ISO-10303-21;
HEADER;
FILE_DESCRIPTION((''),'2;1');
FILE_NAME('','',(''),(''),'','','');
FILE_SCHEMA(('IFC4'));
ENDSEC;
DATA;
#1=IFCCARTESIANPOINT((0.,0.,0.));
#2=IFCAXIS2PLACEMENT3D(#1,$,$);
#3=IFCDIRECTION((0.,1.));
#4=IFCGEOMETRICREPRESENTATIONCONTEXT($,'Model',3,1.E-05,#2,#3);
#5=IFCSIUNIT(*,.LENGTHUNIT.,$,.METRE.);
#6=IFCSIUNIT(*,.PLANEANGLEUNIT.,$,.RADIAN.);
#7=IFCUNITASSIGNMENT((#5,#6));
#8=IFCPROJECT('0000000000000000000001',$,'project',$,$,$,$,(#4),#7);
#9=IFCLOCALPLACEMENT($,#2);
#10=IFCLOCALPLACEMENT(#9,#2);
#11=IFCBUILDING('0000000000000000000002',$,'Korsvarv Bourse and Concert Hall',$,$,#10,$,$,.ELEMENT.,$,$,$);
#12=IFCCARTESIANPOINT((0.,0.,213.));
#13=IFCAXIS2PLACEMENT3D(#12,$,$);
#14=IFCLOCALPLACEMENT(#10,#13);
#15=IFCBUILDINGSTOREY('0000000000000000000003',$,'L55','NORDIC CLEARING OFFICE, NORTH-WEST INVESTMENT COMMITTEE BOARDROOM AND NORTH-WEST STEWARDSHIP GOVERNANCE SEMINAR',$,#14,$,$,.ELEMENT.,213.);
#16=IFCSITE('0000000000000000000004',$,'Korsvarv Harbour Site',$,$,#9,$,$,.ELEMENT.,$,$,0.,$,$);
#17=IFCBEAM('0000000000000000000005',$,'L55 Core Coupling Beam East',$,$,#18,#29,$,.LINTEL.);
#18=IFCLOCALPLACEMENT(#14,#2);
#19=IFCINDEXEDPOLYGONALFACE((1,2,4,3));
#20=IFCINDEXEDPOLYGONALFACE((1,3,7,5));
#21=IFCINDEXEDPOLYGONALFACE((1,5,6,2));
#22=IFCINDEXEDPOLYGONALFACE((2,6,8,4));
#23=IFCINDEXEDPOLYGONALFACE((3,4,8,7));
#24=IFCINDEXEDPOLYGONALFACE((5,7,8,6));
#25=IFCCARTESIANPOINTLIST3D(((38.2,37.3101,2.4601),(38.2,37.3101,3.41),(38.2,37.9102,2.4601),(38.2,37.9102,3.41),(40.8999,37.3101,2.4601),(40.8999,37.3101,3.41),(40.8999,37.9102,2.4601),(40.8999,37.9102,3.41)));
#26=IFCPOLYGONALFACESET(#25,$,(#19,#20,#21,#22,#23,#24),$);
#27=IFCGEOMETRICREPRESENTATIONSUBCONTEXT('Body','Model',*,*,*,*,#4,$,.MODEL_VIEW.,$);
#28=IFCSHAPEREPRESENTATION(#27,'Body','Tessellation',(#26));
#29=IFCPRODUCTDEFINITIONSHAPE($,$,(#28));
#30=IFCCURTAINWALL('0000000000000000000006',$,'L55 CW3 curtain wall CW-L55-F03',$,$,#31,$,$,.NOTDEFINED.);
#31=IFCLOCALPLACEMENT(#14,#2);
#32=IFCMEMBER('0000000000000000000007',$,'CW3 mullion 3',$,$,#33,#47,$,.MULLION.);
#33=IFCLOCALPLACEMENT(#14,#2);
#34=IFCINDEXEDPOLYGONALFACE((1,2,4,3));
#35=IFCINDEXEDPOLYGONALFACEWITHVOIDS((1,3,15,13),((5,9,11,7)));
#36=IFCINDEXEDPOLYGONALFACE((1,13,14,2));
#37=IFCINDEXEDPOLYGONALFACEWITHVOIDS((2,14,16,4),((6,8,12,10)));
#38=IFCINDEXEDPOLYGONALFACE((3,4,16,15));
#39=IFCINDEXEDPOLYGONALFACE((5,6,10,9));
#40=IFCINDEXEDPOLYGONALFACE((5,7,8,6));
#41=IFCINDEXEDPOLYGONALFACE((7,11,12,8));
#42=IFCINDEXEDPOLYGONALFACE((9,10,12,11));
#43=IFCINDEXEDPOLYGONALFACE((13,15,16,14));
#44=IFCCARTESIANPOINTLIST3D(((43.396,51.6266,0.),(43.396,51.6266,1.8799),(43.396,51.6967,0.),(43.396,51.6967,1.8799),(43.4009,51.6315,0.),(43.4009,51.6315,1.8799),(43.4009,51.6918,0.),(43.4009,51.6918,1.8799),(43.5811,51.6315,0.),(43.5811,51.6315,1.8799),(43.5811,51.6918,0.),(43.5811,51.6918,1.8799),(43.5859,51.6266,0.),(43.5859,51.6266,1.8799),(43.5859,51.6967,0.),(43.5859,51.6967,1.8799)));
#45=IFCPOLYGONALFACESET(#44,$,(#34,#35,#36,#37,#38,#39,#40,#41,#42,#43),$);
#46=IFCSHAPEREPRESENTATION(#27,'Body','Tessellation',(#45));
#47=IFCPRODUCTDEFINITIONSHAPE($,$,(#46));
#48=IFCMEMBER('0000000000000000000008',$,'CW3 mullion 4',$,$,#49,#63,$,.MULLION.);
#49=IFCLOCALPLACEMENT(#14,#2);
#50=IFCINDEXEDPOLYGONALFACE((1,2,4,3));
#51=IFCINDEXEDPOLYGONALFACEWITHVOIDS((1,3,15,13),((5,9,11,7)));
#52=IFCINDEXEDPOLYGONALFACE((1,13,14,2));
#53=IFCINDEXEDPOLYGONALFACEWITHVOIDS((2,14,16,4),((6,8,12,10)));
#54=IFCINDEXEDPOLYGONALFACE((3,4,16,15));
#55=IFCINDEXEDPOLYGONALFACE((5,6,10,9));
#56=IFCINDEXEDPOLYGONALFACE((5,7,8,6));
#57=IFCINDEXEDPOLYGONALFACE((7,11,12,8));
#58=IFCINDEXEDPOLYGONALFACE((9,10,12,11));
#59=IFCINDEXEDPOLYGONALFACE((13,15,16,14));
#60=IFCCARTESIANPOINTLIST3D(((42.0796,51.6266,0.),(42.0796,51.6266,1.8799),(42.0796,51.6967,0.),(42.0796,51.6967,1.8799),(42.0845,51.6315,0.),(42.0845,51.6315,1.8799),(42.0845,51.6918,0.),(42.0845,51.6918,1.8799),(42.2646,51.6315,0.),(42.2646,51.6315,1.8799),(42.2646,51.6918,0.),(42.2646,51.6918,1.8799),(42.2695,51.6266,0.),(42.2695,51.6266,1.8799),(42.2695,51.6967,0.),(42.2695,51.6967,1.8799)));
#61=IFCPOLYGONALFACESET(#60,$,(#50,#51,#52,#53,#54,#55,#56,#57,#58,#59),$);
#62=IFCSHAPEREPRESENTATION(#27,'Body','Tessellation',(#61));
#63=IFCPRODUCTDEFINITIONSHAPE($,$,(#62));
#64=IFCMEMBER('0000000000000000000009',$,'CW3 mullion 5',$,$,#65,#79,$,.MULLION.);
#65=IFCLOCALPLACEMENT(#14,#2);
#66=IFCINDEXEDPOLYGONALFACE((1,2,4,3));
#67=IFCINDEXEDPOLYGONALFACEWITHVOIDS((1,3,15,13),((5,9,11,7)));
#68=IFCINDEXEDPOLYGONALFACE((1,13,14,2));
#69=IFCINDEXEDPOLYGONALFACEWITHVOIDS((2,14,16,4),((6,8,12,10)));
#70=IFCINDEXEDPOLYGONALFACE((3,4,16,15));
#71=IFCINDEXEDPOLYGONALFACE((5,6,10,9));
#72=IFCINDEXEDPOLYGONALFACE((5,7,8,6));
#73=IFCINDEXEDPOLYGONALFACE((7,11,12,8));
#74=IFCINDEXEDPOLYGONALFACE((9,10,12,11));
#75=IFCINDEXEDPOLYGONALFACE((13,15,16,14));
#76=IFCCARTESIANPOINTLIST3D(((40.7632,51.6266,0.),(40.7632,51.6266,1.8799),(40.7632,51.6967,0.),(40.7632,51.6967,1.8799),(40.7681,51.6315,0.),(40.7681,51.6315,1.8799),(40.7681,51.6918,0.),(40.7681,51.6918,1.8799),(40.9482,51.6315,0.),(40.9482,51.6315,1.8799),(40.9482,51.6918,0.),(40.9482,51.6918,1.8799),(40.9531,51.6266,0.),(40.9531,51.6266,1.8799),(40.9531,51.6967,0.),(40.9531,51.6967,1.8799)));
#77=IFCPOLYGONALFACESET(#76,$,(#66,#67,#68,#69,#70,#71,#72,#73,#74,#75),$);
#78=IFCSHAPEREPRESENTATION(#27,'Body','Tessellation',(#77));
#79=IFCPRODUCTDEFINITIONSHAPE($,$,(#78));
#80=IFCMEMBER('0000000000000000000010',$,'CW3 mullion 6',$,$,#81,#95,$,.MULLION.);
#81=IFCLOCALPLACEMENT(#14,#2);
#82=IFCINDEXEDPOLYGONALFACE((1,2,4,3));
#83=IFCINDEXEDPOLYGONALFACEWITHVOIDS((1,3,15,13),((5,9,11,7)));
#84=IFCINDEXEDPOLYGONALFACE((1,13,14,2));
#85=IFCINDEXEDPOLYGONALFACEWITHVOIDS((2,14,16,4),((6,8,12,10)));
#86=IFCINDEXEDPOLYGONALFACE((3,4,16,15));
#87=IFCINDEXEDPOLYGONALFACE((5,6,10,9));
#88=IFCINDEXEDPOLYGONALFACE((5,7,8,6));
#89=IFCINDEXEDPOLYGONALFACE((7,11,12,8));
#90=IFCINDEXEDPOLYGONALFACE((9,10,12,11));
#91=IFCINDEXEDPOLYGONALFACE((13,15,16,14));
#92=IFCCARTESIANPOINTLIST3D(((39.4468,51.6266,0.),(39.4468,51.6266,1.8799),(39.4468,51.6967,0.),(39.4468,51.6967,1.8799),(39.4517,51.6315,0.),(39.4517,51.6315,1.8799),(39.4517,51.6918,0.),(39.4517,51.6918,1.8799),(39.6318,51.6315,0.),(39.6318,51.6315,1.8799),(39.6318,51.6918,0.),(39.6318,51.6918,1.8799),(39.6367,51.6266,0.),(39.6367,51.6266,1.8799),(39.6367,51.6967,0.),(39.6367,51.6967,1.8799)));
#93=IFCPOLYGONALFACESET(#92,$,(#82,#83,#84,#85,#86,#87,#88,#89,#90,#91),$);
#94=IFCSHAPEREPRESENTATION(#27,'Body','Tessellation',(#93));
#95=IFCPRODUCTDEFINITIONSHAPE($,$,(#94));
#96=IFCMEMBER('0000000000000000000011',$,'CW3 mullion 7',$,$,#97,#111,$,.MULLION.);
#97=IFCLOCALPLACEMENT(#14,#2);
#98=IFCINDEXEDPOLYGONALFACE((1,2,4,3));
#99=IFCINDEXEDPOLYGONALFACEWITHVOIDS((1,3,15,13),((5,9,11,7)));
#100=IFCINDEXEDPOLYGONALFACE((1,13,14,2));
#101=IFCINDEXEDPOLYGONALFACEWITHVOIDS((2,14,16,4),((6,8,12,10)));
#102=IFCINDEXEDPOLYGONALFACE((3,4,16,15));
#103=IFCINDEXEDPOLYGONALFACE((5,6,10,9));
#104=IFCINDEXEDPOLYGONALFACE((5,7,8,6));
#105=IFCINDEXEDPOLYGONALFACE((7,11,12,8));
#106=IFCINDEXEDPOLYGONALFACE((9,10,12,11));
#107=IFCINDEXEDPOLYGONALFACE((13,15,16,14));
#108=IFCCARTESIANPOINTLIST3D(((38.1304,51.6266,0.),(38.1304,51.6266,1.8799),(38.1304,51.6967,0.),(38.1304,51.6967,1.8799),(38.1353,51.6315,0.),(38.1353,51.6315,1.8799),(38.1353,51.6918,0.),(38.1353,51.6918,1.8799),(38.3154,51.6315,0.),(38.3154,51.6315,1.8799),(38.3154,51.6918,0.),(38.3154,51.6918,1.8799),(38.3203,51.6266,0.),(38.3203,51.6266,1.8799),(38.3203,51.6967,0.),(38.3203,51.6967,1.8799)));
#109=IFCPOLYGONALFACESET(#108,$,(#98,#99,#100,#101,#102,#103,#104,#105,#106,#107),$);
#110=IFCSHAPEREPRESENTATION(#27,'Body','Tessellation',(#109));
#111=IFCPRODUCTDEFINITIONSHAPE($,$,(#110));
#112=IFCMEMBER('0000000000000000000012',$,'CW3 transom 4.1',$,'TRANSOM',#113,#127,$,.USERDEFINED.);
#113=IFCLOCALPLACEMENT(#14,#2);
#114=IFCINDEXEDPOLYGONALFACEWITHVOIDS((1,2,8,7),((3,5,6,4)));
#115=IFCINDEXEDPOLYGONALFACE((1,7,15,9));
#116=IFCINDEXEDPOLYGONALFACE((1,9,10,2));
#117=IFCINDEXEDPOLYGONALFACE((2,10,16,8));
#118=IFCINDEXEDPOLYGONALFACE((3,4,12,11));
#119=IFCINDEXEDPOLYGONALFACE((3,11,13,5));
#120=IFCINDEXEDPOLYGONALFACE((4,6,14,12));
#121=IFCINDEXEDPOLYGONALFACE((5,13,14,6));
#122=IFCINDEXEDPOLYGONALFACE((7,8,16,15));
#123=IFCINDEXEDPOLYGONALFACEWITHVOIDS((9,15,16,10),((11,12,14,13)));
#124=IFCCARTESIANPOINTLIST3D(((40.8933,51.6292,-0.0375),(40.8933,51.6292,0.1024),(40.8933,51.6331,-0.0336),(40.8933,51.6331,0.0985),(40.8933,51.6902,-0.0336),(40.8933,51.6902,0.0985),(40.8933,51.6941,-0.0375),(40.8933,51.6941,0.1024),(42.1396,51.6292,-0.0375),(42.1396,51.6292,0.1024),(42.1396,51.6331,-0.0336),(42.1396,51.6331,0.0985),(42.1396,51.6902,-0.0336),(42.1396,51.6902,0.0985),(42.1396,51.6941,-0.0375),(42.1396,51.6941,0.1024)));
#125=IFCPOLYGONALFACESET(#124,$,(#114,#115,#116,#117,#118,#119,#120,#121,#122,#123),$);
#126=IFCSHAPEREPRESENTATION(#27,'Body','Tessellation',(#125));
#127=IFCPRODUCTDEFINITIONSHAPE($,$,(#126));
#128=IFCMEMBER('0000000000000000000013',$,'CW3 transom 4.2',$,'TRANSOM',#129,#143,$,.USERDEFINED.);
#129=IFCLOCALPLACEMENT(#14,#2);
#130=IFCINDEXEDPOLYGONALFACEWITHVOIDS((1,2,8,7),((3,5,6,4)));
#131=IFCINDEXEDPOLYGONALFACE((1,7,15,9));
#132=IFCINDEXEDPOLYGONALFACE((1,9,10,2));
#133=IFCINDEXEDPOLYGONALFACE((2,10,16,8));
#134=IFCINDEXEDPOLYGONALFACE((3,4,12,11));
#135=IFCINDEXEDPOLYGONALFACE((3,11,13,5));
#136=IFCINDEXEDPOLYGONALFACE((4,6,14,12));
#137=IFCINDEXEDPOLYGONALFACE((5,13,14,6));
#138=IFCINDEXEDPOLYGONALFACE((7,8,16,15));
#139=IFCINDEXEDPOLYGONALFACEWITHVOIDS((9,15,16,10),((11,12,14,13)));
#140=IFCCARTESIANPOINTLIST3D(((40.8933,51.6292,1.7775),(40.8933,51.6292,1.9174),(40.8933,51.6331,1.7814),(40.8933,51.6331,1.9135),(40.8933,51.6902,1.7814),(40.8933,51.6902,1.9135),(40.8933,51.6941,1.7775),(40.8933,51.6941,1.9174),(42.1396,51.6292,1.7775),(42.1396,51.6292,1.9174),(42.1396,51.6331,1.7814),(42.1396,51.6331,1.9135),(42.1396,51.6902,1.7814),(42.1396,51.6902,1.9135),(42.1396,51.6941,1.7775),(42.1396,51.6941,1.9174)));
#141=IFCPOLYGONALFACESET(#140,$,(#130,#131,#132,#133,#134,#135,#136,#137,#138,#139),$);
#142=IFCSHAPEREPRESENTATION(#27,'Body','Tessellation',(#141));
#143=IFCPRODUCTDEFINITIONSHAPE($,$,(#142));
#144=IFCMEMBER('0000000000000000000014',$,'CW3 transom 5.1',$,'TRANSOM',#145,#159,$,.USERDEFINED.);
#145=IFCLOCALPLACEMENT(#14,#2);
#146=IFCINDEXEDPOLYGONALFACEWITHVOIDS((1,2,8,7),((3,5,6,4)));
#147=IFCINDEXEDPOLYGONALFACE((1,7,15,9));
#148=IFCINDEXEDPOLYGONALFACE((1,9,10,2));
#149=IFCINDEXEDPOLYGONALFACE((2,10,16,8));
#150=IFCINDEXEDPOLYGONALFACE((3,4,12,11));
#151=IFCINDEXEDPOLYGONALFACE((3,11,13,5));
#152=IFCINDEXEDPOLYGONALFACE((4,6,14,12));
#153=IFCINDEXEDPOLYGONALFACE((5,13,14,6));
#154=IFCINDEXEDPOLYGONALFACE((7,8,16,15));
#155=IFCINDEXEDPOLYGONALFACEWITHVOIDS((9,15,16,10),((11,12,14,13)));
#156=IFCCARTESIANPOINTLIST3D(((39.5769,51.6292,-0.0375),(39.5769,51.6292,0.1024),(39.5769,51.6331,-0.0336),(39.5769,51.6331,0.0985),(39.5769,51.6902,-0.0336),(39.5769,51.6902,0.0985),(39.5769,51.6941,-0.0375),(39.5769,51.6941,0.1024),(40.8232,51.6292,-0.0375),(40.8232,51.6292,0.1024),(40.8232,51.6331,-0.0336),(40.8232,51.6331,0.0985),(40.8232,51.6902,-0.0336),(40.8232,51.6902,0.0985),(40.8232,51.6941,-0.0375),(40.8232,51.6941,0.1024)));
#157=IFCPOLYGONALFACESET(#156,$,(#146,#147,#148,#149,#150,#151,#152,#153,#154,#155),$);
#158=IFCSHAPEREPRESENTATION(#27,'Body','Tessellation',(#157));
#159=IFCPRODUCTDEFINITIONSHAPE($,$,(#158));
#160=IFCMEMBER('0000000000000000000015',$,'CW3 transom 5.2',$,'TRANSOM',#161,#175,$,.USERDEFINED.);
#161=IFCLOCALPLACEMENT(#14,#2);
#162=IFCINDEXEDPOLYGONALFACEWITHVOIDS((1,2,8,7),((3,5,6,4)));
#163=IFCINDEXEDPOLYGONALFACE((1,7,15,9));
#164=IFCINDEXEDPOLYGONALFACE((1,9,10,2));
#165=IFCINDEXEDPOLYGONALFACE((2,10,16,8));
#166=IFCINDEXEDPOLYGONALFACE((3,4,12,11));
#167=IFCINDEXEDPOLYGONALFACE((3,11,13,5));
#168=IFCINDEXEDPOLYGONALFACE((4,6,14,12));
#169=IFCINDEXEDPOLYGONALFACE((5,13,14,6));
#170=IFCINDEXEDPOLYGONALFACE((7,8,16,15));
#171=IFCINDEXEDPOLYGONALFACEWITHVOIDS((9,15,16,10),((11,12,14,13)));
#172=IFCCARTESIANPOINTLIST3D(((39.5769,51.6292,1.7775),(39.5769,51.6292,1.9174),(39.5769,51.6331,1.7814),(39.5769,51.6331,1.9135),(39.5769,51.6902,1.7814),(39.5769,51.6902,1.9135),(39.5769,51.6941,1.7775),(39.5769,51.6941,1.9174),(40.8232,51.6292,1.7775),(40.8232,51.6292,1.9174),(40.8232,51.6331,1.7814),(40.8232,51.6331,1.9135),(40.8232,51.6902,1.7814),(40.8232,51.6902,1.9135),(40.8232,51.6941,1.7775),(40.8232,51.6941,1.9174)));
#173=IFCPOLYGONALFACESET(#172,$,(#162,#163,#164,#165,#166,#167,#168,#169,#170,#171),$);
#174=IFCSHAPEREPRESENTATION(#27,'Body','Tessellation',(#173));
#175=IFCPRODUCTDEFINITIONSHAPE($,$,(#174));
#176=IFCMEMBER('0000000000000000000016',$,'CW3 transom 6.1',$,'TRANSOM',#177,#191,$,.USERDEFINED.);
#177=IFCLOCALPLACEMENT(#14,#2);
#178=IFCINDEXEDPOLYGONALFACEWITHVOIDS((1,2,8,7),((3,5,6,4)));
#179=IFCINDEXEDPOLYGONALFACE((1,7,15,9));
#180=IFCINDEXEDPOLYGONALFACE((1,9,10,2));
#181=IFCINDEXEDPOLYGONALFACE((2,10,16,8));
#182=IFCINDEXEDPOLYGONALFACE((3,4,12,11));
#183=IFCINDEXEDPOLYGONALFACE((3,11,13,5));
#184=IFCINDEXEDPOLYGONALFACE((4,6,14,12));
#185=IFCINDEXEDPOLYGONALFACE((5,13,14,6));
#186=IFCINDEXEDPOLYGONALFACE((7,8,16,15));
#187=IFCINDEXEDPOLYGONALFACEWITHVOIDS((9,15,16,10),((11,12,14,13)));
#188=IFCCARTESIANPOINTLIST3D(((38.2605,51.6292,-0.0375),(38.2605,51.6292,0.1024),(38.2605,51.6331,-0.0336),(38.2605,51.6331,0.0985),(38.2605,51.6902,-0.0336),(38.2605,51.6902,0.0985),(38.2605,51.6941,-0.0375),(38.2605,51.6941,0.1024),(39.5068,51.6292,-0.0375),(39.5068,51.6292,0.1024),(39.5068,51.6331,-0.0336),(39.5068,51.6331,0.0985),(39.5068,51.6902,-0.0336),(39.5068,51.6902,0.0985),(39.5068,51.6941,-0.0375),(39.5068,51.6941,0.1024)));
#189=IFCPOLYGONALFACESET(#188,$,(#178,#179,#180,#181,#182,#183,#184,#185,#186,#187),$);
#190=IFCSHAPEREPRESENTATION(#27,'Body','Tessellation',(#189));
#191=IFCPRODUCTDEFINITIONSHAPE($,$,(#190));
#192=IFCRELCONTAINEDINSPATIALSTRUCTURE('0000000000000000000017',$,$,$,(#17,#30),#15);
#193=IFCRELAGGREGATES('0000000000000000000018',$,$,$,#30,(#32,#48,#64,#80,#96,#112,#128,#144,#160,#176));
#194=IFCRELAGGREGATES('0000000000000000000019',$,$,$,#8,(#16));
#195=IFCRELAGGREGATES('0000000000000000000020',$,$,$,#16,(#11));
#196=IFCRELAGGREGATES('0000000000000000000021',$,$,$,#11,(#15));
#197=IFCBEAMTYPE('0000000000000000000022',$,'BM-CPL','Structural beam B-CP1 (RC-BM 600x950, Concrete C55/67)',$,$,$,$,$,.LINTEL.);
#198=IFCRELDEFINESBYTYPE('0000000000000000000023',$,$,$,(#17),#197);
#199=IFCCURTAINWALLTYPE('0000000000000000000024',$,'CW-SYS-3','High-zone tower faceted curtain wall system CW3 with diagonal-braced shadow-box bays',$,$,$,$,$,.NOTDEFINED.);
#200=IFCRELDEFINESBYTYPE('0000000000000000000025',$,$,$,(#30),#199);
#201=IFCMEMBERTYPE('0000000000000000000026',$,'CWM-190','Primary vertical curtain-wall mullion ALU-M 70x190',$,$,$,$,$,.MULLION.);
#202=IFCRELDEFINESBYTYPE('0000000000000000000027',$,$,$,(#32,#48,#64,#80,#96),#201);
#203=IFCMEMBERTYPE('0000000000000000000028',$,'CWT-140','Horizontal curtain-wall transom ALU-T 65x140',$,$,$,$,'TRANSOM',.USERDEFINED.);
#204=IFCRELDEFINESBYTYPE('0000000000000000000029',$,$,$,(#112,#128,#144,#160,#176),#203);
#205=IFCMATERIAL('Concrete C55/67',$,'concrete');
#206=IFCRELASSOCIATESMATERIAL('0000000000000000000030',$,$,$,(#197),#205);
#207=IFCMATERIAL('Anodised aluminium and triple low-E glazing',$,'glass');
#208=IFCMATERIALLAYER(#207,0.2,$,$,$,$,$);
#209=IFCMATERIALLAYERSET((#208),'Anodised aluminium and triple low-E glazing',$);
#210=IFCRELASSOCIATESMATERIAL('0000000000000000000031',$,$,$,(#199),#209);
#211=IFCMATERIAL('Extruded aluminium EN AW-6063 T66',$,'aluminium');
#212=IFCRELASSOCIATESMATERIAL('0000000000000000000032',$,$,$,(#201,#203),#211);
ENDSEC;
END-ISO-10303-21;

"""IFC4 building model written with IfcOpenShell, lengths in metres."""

from ifc_helpers import new_model, si_unit, direction, frame, origin, origin_2d, place, context, subcontext, project, spatial, rectangle, hollow_rectangle, extrude, source, transform, mapped, material, layer, layer_set, material_profile, profile_set, type_object, element, aggregate, save


model = new_model("IFC4")

# Units and contexts
model_context = context("Model", 3, precision=1e-05, world=origin(), true_north=direction((0.0, 1.0)))
body_context = subcontext(model_context, "Body", "Model", "MODEL_VIEW")
ifc_project = project(units=[si_unit("LENGTHUNIT", "METRE"), si_unit("PLANEANGLEUNIT", "RADIAN")], contexts=[model_context])

# Site, building, storey
site_placement = place(None, origin())
site = spatial("IfcSite", under=ifc_project, at=site_placement, Name="Korsvarv Harbour Site", CompositionType="ELEMENT", RefElevation=0.0)
building_placement = place(site_placement, origin())
building = spatial("IfcBuilding", under=site, at=building_placement, Name="Korsvarv Bourse and Concert Hall", CompositionType="ELEMENT")
storey_placement = place(building_placement, frame((0.0, 0.0, 213.0)))
storey = spatial("IfcBuildingStorey", under=building, at=storey_placement, Name="L55", Description="NORDIC CLEARING OFFICE, NORTH-WEST INVESTMENT COMMITTEE BOARDROOM AND NORTH-WEST STEWARDSHIP GOVERNANCE SEMINAR", CompositionType="ELEMENT", Elevation=213.0)

# Beam
ifc_material_1 = material(Name="Concrete C55/67", Category="concrete")
ifc_material_profile_1 = material_profile(ifc_material_1, rectangle(XDim=0.6001, YDim=0.95, at=origin_2d()), Name="RC-BM 600x950")
ifc_profile_set_1 = profile_set([ifc_material_profile_1], Name="Concrete C55/67")
beam_type = type_object("IfcBeamType", Name="BM-CPL", Description="Structural beam B-CP1 (RC-BM 600x950, Concrete C55/67)", PredefinedType="LINTEL", material=ifc_profile_set_1)
shared_shape_1 = source(origin(), body_context, "Body", "SweptSolid", [
    extrude(rectangle(XDim=0.6001, YDim=0.95, at=origin_2d()), origin(), (0.0, 0.0, 1.0), 2.7),
])
beam_placement = place(storey_placement, frame((38.2, 37.6101, 2.9351), z_axis=(1.0, 0.0, 0.0), x_axis=(0.0, 1.0, 0.0)))
element("IfcBeam", 1, at=beam_placement, inside=storey, type_object=beam_type, Name="L55 Core Coupling Beam East", PredefinedType="LINTEL", context=body_context, shape_type="MappedRepresentation", body=[
    mapped(shared_shape_1, transform((0.0, 0.0, 0.0), scale=1.0)),
])

# Curtain wall, members
ifc_material_2 = material(Name="Anodised aluminium and triple low-E glazing", Category="glass")
ifc_layer_1 = layer(ifc_material_2, 0.2)
ifc_layer_set_1 = layer_set([ifc_layer_1], Name="Anodised aluminium and triple low-E glazing")
curtain_wall_type = type_object("IfcCurtainWallType", Name="CW-SYS-3", Description="High-zone tower faceted curtain wall system CW3 with diagonal-braced shadow-box bays", PredefinedType="NOTDEFINED", material=ifc_layer_set_1)
curtain_wall_placement = place(storey_placement, origin())
curtain_wall = element("IfcCurtainWall", 2, at=curtain_wall_placement, inside=storey, type_object=curtain_wall_type, Name="L55 CW3 curtain wall CW-L55-F03", PredefinedType="NOTDEFINED")
ifc_material_3 = material(Name="Extruded aluminium EN AW-6063 T66", Category="aluminium")
ifc_material_profile_2 = material_profile(ifc_material_3, hollow_rectangle(XDim=0.0701, YDim=0.1899, WallThickness=0.0049, at=origin_2d()), Name="ALU-M 70x190")
ifc_profile_set_2 = profile_set([ifc_material_profile_2], Name="Extruded aluminium EN AW-6063 T66")
member_type_1 = type_object("IfcMemberType", Name="CWM-190", Description="Primary vertical curtain-wall mullion ALU-M 70x190", PredefinedType="MULLION", material=ifc_profile_set_2)
shared_shape_2 = source(origin(), body_context, "Body", "SweptSolid", [
    extrude(hollow_rectangle(XDim=0.0701, YDim=0.1899, WallThickness=0.0049, at=origin_2d()), origin(), (0.0, 0.0, 1.0), 1.8799),
])
member_1_placement = place(storey_placement, frame((43.491, 51.6616, 0.0), z_axis=(0.0, 0.0, 1.0), x_axis=(0.0, -1.0, 0.0)))
member_1 = element("IfcMember", 3, at=member_1_placement, type_object=member_type_1, Name="CW3 mullion 3", PredefinedType="MULLION", context=body_context, shape_type="MappedRepresentation", body=[
    mapped(shared_shape_2, transform((0.0, 0.0, 0.0), scale=1.0)),
])
member_2_placement = place(storey_placement, frame((42.1746, 51.6616, 0.0), z_axis=(0.0, 0.0, 1.0), x_axis=(0.0, -1.0, 0.0)))
member_2 = element("IfcMember", 4, at=member_2_placement, type_object=member_type_1, Name="CW3 mullion 4", PredefinedType="MULLION", context=body_context, shape_type="MappedRepresentation", body=[
    mapped(shared_shape_2, transform((0.0, 0.0, 0.0), scale=1.0)),
])
member_3_placement = place(storey_placement, frame((40.8582, 51.6616, 0.0), z_axis=(0.0, 0.0, 1.0), x_axis=(0.0, -1.0, 0.0)))
member_3 = element("IfcMember", 5, at=member_3_placement, type_object=member_type_1, Name="CW3 mullion 5", PredefinedType="MULLION", context=body_context, shape_type="MappedRepresentation", body=[
    mapped(shared_shape_2, transform((0.0, 0.0, 0.0), scale=1.0)),
])
member_4_placement = place(storey_placement, frame((39.5417, 51.6616, 0.0), z_axis=(0.0, 0.0, 1.0), x_axis=(0.0, -1.0, 0.0)))
member_4 = element("IfcMember", 6, at=member_4_placement, type_object=member_type_1, Name="CW3 mullion 6", PredefinedType="MULLION", context=body_context, shape_type="MappedRepresentation", body=[
    mapped(shared_shape_2, transform((0.0, 0.0, 0.0), scale=1.0)),
])
member_5_placement = place(storey_placement, frame((38.2253, 51.6616, 0.0), z_axis=(0.0, 0.0, 1.0), x_axis=(0.0, -1.0, 0.0)))
member_5 = element("IfcMember", 7, at=member_5_placement, type_object=member_type_1, Name="CW3 mullion 7", PredefinedType="MULLION", context=body_context, shape_type="MappedRepresentation", body=[
    mapped(shared_shape_2, transform((0.0, 0.0, 0.0), scale=1.0)),
])
ifc_material_profile_3 = material_profile(ifc_material_3, hollow_rectangle(XDim=0.0649, YDim=0.1399, WallThickness=0.0039, at=origin_2d()), Name="ALU-T 65x140")
ifc_profile_set_3 = profile_set([ifc_material_profile_3], Name="Extruded aluminium EN AW-6063 T66")
member_type_2 = type_object("IfcMemberType", Name="CWT-140", Description="Horizontal curtain-wall transom ALU-T 65x140", ElementType="TRANSOM", PredefinedType="USERDEFINED", material=ifc_profile_set_3)
shared_shape_3 = source(origin(), body_context, "Body", "SweptSolid", [
    extrude(hollow_rectangle(XDim=0.0649, YDim=0.1399, WallThickness=0.0039, at=origin_2d()), origin(), (0.0, 0.0, 1.0), 1.2463),
])
member_6_placement = place(storey_placement, frame((42.1396, 51.6616, 0.0325), z_axis=(-1.0, 0.0, 0.0), x_axis=(0.0, -1.0, 0.0)))
member_6 = element("IfcMember", 8, at=member_6_placement, type_object=member_type_2, Name="CW3 transom 4.1", ObjectType="TRANSOM", PredefinedType="USERDEFINED", context=body_context, shape_type="MappedRepresentation", body=[
    mapped(shared_shape_3, transform((0.0, 0.0, 0.0), scale=1.0)),
])
member_7_placement = place(storey_placement, frame((42.1396, 51.6616, 1.8474), z_axis=(-1.0, 0.0, 0.0), x_axis=(0.0, -1.0, 0.0)))
member_7 = element("IfcMember", 9, at=member_7_placement, type_object=member_type_2, Name="CW3 transom 4.2", ObjectType="TRANSOM", PredefinedType="USERDEFINED", context=body_context, shape_type="MappedRepresentation", body=[
    mapped(shared_shape_3, transform((0.0, 0.0, 0.0), scale=1.0)),
])
member_8_placement = place(storey_placement, frame((40.8232, 51.6616, 0.0325), z_axis=(-1.0, 0.0, 0.0), x_axis=(0.0, -1.0, 0.0)))
member_8 = element("IfcMember", 10, at=member_8_placement, type_object=member_type_2, Name="CW3 transom 5.1", ObjectType="TRANSOM", PredefinedType="USERDEFINED", context=body_context, shape_type="MappedRepresentation", body=[
    mapped(shared_shape_3, transform((0.0, 0.0, 0.0), scale=1.0)),
])
member_9_placement = place(storey_placement, frame((40.8232, 51.6616, 1.8474), z_axis=(-1.0, 0.0, 0.0), x_axis=(0.0, -1.0, 0.0)))
member_9 = element("IfcMember", 11, at=member_9_placement, type_object=member_type_2, Name="CW3 transom 5.2", ObjectType="TRANSOM", PredefinedType="USERDEFINED", context=body_context, shape_type="MappedRepresentation", body=[
    mapped(shared_shape_3, transform((0.0, 0.0, 0.0), scale=1.0)),
])
member_10_placement = place(storey_placement, frame((39.5068, 51.6616, 0.0325), z_axis=(-1.0, 0.0, 0.0), x_axis=(0.0, -1.0, 0.0)))
member_10 = element("IfcMember", 12, at=member_10_placement, type_object=member_type_2, Name="CW3 transom 6.1", ObjectType="TRANSOM", PredefinedType="USERDEFINED", context=body_context, shape_type="MappedRepresentation", body=[
    mapped(shared_shape_3, transform((0.0, 0.0, 0.0), scale=1.0)),
])
aggregate(curtain_wall, [member_1, member_2, member_3, member_4, member_5, member_6, member_7, member_8, member_9, member_10])

save(model, "model.ifc")
